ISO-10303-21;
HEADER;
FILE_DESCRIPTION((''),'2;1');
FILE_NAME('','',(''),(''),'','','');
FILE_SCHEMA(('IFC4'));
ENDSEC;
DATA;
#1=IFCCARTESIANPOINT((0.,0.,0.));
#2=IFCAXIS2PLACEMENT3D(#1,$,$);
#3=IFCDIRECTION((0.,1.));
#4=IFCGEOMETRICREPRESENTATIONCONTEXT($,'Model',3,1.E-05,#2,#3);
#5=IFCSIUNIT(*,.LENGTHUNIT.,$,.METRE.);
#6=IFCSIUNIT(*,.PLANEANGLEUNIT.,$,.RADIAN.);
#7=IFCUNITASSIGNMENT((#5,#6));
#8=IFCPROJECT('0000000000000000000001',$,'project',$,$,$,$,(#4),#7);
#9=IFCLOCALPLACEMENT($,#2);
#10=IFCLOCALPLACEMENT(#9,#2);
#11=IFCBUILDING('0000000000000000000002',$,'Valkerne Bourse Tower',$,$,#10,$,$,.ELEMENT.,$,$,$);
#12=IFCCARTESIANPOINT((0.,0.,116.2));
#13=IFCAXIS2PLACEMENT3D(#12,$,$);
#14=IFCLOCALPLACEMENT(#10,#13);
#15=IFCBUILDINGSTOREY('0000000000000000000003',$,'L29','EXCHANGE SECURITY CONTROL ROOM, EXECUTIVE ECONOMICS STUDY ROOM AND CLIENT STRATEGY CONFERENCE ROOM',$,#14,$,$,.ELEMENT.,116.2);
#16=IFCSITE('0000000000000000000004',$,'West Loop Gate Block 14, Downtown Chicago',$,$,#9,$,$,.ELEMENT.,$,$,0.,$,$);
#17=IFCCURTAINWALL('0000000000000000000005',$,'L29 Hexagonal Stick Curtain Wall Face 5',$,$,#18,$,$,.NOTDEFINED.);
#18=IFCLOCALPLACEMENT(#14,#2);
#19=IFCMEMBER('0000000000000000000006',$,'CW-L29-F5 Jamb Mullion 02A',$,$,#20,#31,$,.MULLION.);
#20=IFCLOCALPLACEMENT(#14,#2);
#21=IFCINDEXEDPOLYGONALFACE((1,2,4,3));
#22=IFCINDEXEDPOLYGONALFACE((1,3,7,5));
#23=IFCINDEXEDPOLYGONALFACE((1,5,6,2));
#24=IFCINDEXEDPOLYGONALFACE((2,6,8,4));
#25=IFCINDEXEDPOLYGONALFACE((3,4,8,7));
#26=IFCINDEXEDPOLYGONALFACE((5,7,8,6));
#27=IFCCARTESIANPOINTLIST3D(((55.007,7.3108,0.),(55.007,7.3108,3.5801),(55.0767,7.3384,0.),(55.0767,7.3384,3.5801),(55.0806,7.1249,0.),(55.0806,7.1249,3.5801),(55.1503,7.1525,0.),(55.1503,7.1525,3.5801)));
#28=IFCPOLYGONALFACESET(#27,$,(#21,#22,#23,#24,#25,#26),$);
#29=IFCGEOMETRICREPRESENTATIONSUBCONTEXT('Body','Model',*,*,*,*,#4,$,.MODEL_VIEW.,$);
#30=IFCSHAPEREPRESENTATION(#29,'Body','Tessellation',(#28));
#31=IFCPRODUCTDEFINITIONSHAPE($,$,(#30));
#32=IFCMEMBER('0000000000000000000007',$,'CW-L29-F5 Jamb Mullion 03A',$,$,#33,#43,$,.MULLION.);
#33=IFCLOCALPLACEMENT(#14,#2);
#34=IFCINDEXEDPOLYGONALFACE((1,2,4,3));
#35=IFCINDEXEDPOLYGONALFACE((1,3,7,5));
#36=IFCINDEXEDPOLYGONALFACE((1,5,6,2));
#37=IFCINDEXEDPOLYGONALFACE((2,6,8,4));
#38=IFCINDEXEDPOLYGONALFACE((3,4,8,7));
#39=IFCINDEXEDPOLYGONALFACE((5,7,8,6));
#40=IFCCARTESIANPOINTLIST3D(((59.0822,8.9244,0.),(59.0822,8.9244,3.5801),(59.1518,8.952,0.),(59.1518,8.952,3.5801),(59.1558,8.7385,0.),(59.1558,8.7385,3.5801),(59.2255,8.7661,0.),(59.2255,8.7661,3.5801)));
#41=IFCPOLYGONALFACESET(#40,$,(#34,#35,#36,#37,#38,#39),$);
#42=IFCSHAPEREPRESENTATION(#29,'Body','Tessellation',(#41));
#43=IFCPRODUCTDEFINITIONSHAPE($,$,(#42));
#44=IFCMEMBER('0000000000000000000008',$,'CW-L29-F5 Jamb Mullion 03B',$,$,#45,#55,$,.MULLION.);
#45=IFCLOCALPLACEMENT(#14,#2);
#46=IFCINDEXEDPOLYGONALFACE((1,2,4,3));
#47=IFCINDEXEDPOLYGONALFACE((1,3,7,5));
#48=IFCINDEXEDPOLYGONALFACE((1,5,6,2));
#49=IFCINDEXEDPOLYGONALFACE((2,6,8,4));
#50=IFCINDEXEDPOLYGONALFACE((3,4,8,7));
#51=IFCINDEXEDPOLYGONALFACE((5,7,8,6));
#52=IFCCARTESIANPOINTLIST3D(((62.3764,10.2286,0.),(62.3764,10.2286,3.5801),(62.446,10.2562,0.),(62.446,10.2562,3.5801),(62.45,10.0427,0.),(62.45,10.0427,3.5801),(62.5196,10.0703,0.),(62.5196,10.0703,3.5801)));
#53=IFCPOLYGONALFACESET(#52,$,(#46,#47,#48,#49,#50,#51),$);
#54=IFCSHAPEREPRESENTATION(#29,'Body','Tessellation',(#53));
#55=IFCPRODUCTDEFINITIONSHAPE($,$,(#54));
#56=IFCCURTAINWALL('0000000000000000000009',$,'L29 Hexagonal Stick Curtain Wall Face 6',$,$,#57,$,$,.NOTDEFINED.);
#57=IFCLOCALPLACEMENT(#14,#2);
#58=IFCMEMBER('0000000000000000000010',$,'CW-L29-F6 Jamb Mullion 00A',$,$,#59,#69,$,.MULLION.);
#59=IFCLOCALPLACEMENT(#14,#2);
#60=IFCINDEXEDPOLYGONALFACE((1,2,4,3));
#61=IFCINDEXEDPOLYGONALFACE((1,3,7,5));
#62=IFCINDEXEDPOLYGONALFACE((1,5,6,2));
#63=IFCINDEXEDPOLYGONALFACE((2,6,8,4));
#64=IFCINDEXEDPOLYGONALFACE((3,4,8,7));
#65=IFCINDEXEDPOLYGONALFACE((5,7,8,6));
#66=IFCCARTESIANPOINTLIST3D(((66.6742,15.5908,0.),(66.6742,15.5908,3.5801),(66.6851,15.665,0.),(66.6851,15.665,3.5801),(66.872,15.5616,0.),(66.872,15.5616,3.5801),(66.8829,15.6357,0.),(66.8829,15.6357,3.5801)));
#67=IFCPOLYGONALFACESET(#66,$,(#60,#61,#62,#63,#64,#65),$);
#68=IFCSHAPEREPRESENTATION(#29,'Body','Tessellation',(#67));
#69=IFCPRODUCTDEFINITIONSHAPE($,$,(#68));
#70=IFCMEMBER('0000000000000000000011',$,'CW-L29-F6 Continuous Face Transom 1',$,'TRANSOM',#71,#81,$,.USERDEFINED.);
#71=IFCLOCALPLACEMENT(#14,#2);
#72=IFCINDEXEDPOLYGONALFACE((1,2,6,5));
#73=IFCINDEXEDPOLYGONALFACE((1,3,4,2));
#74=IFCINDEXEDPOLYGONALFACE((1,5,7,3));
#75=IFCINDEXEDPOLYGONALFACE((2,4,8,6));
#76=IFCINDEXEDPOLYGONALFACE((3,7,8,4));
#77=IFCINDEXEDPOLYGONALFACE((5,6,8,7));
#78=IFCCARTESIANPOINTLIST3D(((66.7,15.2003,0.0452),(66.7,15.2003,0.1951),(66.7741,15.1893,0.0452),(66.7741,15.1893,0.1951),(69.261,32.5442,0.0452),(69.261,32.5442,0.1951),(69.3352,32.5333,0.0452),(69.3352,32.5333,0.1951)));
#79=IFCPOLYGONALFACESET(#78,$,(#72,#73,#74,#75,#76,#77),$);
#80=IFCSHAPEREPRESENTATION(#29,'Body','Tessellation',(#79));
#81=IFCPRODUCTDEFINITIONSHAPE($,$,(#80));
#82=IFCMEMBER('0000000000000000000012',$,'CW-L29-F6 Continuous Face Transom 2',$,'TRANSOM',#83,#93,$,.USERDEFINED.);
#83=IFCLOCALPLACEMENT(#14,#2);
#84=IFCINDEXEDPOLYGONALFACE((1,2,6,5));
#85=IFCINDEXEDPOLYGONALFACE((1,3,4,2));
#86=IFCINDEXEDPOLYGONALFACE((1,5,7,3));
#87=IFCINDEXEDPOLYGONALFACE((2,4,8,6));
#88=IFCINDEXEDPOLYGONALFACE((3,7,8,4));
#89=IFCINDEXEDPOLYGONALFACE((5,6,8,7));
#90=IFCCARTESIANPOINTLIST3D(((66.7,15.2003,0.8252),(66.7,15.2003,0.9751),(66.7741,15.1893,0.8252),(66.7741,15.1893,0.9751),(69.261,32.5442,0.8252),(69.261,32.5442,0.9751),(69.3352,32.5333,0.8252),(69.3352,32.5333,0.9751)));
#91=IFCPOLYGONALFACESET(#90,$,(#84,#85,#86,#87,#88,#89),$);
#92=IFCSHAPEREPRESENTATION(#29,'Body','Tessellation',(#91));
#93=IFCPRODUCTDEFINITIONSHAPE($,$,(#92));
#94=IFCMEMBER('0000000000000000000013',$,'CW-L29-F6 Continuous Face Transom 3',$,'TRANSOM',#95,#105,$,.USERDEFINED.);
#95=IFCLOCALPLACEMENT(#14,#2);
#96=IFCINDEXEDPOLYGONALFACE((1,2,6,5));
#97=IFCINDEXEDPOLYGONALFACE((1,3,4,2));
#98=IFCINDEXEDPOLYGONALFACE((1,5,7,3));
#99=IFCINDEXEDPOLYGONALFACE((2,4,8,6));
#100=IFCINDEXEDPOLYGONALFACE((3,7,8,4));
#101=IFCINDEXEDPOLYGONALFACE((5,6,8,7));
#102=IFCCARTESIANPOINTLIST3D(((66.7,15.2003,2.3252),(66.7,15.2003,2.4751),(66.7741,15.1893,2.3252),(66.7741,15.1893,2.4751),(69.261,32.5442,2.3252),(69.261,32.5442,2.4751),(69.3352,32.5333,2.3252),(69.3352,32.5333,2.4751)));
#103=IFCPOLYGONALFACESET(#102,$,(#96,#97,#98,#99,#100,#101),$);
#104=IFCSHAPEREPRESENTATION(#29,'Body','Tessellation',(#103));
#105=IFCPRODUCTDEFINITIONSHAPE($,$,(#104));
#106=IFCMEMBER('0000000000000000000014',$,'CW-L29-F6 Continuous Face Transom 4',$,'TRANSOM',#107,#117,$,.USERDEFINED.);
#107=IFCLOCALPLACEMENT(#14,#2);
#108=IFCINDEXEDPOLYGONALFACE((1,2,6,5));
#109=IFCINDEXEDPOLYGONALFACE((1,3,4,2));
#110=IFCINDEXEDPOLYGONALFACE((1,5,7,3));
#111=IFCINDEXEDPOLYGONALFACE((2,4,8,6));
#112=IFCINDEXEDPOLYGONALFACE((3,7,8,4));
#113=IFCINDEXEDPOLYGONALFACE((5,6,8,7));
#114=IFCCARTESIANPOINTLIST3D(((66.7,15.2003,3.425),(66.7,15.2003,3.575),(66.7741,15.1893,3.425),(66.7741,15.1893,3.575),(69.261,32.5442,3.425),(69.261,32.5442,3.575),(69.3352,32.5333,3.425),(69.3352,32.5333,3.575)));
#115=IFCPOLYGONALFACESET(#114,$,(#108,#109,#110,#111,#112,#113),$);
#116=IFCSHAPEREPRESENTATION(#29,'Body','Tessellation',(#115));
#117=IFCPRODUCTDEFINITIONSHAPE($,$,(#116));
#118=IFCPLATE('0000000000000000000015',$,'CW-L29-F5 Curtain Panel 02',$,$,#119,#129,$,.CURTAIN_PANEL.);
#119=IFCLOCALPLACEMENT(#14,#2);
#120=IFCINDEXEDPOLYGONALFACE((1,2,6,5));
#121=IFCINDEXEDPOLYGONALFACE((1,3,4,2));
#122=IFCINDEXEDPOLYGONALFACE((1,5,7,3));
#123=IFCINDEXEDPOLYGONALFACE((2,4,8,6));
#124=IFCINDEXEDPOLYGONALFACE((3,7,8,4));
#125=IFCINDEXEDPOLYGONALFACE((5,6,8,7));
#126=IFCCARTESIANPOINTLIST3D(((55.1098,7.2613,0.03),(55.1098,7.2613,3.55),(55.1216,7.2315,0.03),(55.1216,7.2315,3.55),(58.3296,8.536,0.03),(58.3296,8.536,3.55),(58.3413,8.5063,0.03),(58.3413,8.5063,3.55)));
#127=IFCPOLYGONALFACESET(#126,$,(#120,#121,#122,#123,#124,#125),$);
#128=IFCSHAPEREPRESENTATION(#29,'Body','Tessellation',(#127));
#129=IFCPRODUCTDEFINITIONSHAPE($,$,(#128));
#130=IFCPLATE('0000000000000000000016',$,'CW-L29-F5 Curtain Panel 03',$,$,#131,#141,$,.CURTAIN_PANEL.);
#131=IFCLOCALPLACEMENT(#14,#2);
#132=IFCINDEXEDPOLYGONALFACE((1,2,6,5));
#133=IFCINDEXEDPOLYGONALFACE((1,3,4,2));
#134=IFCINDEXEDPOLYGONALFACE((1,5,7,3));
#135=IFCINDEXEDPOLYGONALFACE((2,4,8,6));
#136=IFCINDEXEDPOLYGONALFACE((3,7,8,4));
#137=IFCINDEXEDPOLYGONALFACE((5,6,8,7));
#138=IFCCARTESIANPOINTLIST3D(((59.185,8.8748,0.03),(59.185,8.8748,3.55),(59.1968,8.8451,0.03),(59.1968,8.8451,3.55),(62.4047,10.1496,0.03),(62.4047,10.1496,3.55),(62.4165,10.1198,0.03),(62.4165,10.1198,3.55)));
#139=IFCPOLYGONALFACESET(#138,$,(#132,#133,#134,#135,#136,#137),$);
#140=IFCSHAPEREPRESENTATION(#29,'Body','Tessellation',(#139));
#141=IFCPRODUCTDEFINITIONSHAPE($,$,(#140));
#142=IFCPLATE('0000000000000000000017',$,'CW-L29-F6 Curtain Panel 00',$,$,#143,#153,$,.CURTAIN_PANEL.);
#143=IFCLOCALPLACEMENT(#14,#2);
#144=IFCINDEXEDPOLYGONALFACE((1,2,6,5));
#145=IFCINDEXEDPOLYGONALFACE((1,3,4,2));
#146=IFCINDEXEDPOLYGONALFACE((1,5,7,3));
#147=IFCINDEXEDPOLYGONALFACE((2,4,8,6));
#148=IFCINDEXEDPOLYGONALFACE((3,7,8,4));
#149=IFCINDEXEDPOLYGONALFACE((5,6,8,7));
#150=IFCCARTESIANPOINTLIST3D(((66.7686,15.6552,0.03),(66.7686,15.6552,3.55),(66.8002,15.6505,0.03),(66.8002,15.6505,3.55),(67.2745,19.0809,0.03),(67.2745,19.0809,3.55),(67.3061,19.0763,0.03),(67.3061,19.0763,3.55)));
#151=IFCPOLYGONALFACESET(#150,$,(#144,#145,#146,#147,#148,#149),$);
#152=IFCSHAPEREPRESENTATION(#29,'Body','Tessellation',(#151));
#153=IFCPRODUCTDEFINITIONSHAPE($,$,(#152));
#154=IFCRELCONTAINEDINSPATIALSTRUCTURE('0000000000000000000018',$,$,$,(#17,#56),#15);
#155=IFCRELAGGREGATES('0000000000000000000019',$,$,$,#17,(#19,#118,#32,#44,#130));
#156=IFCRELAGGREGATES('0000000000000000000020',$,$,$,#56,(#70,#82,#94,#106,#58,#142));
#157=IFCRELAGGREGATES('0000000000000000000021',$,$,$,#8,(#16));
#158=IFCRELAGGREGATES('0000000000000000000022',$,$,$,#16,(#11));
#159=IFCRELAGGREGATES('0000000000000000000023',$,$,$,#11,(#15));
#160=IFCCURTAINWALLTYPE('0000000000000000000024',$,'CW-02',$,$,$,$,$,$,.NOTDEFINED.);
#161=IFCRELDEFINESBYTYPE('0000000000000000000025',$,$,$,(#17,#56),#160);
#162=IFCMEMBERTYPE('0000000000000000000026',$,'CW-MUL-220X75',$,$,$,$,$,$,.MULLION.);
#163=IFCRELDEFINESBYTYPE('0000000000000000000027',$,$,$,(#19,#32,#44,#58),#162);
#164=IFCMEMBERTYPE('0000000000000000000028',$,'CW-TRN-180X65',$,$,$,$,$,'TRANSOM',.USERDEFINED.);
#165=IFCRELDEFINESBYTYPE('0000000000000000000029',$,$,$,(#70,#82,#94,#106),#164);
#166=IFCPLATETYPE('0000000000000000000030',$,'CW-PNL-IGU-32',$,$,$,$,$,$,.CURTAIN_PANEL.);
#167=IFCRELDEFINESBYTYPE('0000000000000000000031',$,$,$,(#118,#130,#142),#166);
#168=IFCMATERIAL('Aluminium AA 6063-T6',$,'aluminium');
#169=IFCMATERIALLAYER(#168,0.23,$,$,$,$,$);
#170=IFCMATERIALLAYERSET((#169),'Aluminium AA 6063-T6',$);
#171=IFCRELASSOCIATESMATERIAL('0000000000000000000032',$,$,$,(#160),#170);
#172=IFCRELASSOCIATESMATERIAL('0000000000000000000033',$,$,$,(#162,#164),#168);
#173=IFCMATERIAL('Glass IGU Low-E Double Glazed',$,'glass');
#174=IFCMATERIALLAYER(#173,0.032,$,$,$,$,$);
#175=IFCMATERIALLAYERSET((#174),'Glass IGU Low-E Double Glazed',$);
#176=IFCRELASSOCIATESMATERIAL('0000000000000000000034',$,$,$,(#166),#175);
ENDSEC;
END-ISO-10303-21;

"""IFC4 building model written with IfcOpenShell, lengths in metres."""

from ifc_helpers import new_model, si_unit, direction, frame, origin, origin_2d, place, context, subcontext, project, spatial, rectangle, extrude, material, layer, layer_set, material_profile, profile_set, type_object, element, aggregate, save


model = new_model("IFC4")

# Units and contexts
model_context = context("Model", 3, precision=1e-05, world=origin(), true_north=direction((0.0, 1.0)))
body_context = subcontext(model_context, "Body", "Model", "MODEL_VIEW")
ifc_project = project(units=[si_unit("LENGTHUNIT", "METRE"), si_unit("PLANEANGLEUNIT", "RADIAN")], contexts=[model_context])

# Site, building, storey
site_placement = place(None, origin())
site = spatial("IfcSite", under=ifc_project, at=site_placement, Name="West Loop Gate Block 14, Downtown Chicago", CompositionType="ELEMENT", RefElevation=0.0)
building_placement = place(site_placement, origin())
building = spatial("IfcBuilding", under=site, at=building_placement, Name="Valkerne Bourse Tower", CompositionType="ELEMENT")
storey_placement = place(building_placement, frame((0.0, 0.0, 116.2)))
storey = spatial("IfcBuildingStorey", under=building, at=storey_placement, Name="L29", Description="EXCHANGE SECURITY CONTROL ROOM, EXECUTIVE ECONOMICS STUDY ROOM AND CLIENT STRATEGY CONFERENCE ROOM", CompositionType="ELEMENT", Elevation=116.2)

# Curtain walls, members
ifc_material_1 = material(Name="Aluminium AA 6063-T6", Category="aluminium")
ifc_layer_1 = layer(ifc_material_1, 0.23)
ifc_layer_set_1 = layer_set([ifc_layer_1], Name="Aluminium AA 6063-T6")
curtain_wall_type = type_object("IfcCurtainWallType", Name="CW-02", PredefinedType="NOTDEFINED", material=ifc_layer_set_1)
curtain_wall_1_placement = place(storey_placement, origin())
curtain_wall_1 = element("IfcCurtainWall", 1, at=curtain_wall_1_placement, inside=storey, type_object=curtain_wall_type, Name="L29 Hexagonal Stick Curtain Wall Face 5", PredefinedType="NOTDEFINED")
ifc_material_profile_1 = material_profile(ifc_material_1, rectangle(XDim=0.075, YDim=0.2, at=origin_2d()), Name="CWM-75X200")
ifc_profile_set_1 = profile_set([ifc_material_profile_1], Name="Aluminium AA 6063-T6")
member_type_1 = type_object("IfcMemberType", Name="CW-MUL-220X75", PredefinedType="MULLION", material=ifc_profile_set_1)
member_1_placement = place(storey_placement, frame((55.0786, 7.2317, 0.0), z_axis=(0.0, 0.0, 1.0), x_axis=(0.929775, 0.368127, 0.0)))
member_1 = element("IfcMember", 2, at=member_1_placement, type_object=member_type_1, Name="CW-L29-F5 Jamb Mullion 02A", PredefinedType="MULLION", context=body_context, shape_type="SweptSolid", body=[
    extrude(rectangle(XDim=0.075, YDim=0.2, at=origin_2d()), origin(), (0.0, 0.0, 1.0), 3.5801),
])
member_2_placement = place(storey_placement, frame((59.1538, 8.8452, 0.0), z_axis=(0.0, 0.0, 1.0), x_axis=(0.929775, 0.368127, 0.0)))
member_2 = element("IfcMember", 3, at=member_2_placement, type_object=member_type_1, Name="CW-L29-F5 Jamb Mullion 03A", PredefinedType="MULLION", context=body_context, shape_type="SweptSolid", body=[
    extrude(rectangle(XDim=0.075, YDim=0.2, at=origin_2d()), origin(), (0.0, 0.0, 1.0), 3.5801),
])
member_3_placement = place(storey_placement, frame((62.448, 10.1494, 0.0), z_axis=(0.0, 0.0, 1.0), x_axis=(0.929775, 0.368127, 0.0)))
member_3 = element("IfcMember", 4, at=member_3_placement, type_object=member_type_1, Name="CW-L29-F5 Jamb Mullion 03B", PredefinedType="MULLION", context=body_context, shape_type="SweptSolid", body=[
    extrude(rectangle(XDim=0.075, YDim=0.2, at=origin_2d()), origin(), (0.0, 0.0, 1.0), 3.5801),
])
curtain_wall_2_placement = place(storey_placement, origin())
curtain_wall_2 = element("IfcCurtainWall", 5, at=curtain_wall_2_placement, inside=storey, type_object=curtain_wall_type, Name="L29 Hexagonal Stick Curtain Wall Face 6", PredefinedType="NOTDEFINED")
member_4_placement = place(storey_placement, frame((66.7786, 15.6133, 0.0), z_axis=(0.0, 0.0, 1.0), x_axis=(0.146086, 0.989272, 0.0)))
member_4 = element("IfcMember", 6, at=member_4_placement, type_object=member_type_1, Name="CW-L29-F6 Jamb Mullion 00A", PredefinedType="MULLION", context=body_context, shape_type="SweptSolid", body=[
    extrude(rectangle(XDim=0.075, YDim=0.2, at=origin_2d()), origin(), (0.0, 0.0, 1.0), 3.5801),
])
ifc_material_profile_2 = material_profile(ifc_material_1, rectangle(XDim=0.075, YDim=0.1499, at=origin_2d()), Name="CWT-75X150")
ifc_profile_set_2 = profile_set([ifc_material_profile_2], Name="Aluminium AA 6063-T6")
member_type_2 = type_object("IfcMemberType", Name="CW-TRN-180X65", ElementType="TRANSOM", PredefinedType="USERDEFINED", material=ifc_profile_set_2)
member_5_placement = place(storey_placement, frame((66.7371, 15.1948, 0.1201), z_axis=(0.146077, 0.989273, 0.0), x_axis=(-0.989273, 0.146077, 0.0)))
member_5 = element("IfcMember", 7, at=member_5_placement, type_object=member_type_2, Name="CW-L29-F6 Continuous Face Transom 1", ObjectType="TRANSOM", PredefinedType="USERDEFINED", context=body_context, shape_type="SweptSolid", body=[
    extrude(rectangle(XDim=0.075, YDim=0.1499, at=origin_2d()), origin(), (0.0, 0.0, 1.0), 17.532),
])
member_6_placement = place(storey_placement, frame((66.7371, 15.1948, 0.9001), z_axis=(0.146077, 0.989273, 0.0), x_axis=(-0.989273, 0.146077, 0.0)))
member_6 = element("IfcMember", 8, at=member_6_placement, type_object=member_type_2, Name="CW-L29-F6 Continuous Face Transom 2", ObjectType="TRANSOM", PredefinedType="USERDEFINED", context=body_context, shape_type="SweptSolid", body=[
    extrude(rectangle(XDim=0.075, YDim=0.1499, at=origin_2d()), origin(), (0.0, 0.0, 1.0), 17.532),
])
member_7_placement = place(storey_placement, frame((66.7371, 15.1948, 2.4001), z_axis=(0.146077, 0.989273, 0.0), x_axis=(-0.989273, 0.146077, 0.0)))
member_7 = element("IfcMember", 9, at=member_7_placement, type_object=member_type_2, Name="CW-L29-F6 Continuous Face Transom 3", ObjectType="TRANSOM", PredefinedType="USERDEFINED", context=body_context, shape_type="SweptSolid", body=[
    extrude(rectangle(XDim=0.075, YDim=0.1499, at=origin_2d()), origin(), (0.0, 0.0, 1.0), 17.532),
])
member_8_placement = place(storey_placement, frame((66.7371, 15.1948, 3.5), z_axis=(0.146077, 0.989273, 0.0), x_axis=(-0.989273, 0.146077, 0.0)))
member_8 = element("IfcMember", 10, at=member_8_placement, type_object=member_type_2, Name="CW-L29-F6 Continuous Face Transom 4", ObjectType="TRANSOM", PredefinedType="USERDEFINED", context=body_context, shape_type="SweptSolid", body=[
    extrude(rectangle(XDim=0.075, YDim=0.1499, at=origin_2d()), origin(), (0.0, 0.0, 1.0), 17.532),
])

# Plates
ifc_material_2 = material(Name="Glass IGU Low-E Double Glazed", Category="glass")
ifc_layer_2 = layer(ifc_material_2, 0.032)
ifc_layer_set_2 = layer_set([ifc_layer_2], Name="Glass IGU Low-E Double Glazed")
plate_type = type_object("IfcPlateType", Name="CW-PNL-IGU-32", PredefinedType="CURTAIN_PANEL", material=ifc_layer_set_2)
plate_1_placement = place(storey_placement, frame((56.7256, 7.8838, 0.03), z_axis=(0.0, 0.0, 1.0), x_axis=(0.929775, 0.368127, 0.0)))
plate_1 = element("IfcPlate", 11, at=plate_1_placement, type_object=plate_type, Name="CW-L29-F5 Curtain Panel 02", PredefinedType="CURTAIN_PANEL", context=body_context, shape_type="SweptSolid", body=[
    extrude(rectangle(XDim=3.4629, YDim=0.032, at=origin_2d()), origin(), (0.0, 0.0, 1.0), 3.52),
])
plate_2_placement = place(storey_placement, frame((60.8008, 9.4973, 0.03), z_axis=(0.0, 0.0, 1.0), x_axis=(0.929775, 0.368127, 0.0)))
plate_2 = element("IfcPlate", 12, at=plate_2_placement, type_object=plate_type, Name="CW-L29-F5 Curtain Panel 03", PredefinedType="CURTAIN_PANEL", context=body_context, shape_type="SweptSolid", body=[
    extrude(rectangle(XDim=3.4629, YDim=0.032, at=origin_2d()), origin(), (0.0, 0.0, 1.0), 3.52),
])
aggregate(curtain_wall_1, [member_1, plate_1, member_2, member_3, plate_2])
plate_3_placement = place(storey_placement, frame((67.0374, 17.3657, 0.03), z_axis=(0.0, 0.0, 1.0), x_axis=(0.146086, 0.989272, 0.0)))
plate_3 = element("IfcPlate", 13, at=plate_3_placement, type_object=plate_type, Name="CW-L29-F6 Curtain Panel 00", PredefinedType="CURTAIN_PANEL", context=body_context, shape_type="SweptSolid", body=[
    extrude(rectangle(XDim=3.4629, YDim=0.032, at=origin_2d()), origin(), (0.0, 0.0, 1.0), 3.52),
])
aggregate(curtain_wall_2, [member_5, member_6, member_7, member_8, member_4, plate_3])

save(model, "model.ifc")
